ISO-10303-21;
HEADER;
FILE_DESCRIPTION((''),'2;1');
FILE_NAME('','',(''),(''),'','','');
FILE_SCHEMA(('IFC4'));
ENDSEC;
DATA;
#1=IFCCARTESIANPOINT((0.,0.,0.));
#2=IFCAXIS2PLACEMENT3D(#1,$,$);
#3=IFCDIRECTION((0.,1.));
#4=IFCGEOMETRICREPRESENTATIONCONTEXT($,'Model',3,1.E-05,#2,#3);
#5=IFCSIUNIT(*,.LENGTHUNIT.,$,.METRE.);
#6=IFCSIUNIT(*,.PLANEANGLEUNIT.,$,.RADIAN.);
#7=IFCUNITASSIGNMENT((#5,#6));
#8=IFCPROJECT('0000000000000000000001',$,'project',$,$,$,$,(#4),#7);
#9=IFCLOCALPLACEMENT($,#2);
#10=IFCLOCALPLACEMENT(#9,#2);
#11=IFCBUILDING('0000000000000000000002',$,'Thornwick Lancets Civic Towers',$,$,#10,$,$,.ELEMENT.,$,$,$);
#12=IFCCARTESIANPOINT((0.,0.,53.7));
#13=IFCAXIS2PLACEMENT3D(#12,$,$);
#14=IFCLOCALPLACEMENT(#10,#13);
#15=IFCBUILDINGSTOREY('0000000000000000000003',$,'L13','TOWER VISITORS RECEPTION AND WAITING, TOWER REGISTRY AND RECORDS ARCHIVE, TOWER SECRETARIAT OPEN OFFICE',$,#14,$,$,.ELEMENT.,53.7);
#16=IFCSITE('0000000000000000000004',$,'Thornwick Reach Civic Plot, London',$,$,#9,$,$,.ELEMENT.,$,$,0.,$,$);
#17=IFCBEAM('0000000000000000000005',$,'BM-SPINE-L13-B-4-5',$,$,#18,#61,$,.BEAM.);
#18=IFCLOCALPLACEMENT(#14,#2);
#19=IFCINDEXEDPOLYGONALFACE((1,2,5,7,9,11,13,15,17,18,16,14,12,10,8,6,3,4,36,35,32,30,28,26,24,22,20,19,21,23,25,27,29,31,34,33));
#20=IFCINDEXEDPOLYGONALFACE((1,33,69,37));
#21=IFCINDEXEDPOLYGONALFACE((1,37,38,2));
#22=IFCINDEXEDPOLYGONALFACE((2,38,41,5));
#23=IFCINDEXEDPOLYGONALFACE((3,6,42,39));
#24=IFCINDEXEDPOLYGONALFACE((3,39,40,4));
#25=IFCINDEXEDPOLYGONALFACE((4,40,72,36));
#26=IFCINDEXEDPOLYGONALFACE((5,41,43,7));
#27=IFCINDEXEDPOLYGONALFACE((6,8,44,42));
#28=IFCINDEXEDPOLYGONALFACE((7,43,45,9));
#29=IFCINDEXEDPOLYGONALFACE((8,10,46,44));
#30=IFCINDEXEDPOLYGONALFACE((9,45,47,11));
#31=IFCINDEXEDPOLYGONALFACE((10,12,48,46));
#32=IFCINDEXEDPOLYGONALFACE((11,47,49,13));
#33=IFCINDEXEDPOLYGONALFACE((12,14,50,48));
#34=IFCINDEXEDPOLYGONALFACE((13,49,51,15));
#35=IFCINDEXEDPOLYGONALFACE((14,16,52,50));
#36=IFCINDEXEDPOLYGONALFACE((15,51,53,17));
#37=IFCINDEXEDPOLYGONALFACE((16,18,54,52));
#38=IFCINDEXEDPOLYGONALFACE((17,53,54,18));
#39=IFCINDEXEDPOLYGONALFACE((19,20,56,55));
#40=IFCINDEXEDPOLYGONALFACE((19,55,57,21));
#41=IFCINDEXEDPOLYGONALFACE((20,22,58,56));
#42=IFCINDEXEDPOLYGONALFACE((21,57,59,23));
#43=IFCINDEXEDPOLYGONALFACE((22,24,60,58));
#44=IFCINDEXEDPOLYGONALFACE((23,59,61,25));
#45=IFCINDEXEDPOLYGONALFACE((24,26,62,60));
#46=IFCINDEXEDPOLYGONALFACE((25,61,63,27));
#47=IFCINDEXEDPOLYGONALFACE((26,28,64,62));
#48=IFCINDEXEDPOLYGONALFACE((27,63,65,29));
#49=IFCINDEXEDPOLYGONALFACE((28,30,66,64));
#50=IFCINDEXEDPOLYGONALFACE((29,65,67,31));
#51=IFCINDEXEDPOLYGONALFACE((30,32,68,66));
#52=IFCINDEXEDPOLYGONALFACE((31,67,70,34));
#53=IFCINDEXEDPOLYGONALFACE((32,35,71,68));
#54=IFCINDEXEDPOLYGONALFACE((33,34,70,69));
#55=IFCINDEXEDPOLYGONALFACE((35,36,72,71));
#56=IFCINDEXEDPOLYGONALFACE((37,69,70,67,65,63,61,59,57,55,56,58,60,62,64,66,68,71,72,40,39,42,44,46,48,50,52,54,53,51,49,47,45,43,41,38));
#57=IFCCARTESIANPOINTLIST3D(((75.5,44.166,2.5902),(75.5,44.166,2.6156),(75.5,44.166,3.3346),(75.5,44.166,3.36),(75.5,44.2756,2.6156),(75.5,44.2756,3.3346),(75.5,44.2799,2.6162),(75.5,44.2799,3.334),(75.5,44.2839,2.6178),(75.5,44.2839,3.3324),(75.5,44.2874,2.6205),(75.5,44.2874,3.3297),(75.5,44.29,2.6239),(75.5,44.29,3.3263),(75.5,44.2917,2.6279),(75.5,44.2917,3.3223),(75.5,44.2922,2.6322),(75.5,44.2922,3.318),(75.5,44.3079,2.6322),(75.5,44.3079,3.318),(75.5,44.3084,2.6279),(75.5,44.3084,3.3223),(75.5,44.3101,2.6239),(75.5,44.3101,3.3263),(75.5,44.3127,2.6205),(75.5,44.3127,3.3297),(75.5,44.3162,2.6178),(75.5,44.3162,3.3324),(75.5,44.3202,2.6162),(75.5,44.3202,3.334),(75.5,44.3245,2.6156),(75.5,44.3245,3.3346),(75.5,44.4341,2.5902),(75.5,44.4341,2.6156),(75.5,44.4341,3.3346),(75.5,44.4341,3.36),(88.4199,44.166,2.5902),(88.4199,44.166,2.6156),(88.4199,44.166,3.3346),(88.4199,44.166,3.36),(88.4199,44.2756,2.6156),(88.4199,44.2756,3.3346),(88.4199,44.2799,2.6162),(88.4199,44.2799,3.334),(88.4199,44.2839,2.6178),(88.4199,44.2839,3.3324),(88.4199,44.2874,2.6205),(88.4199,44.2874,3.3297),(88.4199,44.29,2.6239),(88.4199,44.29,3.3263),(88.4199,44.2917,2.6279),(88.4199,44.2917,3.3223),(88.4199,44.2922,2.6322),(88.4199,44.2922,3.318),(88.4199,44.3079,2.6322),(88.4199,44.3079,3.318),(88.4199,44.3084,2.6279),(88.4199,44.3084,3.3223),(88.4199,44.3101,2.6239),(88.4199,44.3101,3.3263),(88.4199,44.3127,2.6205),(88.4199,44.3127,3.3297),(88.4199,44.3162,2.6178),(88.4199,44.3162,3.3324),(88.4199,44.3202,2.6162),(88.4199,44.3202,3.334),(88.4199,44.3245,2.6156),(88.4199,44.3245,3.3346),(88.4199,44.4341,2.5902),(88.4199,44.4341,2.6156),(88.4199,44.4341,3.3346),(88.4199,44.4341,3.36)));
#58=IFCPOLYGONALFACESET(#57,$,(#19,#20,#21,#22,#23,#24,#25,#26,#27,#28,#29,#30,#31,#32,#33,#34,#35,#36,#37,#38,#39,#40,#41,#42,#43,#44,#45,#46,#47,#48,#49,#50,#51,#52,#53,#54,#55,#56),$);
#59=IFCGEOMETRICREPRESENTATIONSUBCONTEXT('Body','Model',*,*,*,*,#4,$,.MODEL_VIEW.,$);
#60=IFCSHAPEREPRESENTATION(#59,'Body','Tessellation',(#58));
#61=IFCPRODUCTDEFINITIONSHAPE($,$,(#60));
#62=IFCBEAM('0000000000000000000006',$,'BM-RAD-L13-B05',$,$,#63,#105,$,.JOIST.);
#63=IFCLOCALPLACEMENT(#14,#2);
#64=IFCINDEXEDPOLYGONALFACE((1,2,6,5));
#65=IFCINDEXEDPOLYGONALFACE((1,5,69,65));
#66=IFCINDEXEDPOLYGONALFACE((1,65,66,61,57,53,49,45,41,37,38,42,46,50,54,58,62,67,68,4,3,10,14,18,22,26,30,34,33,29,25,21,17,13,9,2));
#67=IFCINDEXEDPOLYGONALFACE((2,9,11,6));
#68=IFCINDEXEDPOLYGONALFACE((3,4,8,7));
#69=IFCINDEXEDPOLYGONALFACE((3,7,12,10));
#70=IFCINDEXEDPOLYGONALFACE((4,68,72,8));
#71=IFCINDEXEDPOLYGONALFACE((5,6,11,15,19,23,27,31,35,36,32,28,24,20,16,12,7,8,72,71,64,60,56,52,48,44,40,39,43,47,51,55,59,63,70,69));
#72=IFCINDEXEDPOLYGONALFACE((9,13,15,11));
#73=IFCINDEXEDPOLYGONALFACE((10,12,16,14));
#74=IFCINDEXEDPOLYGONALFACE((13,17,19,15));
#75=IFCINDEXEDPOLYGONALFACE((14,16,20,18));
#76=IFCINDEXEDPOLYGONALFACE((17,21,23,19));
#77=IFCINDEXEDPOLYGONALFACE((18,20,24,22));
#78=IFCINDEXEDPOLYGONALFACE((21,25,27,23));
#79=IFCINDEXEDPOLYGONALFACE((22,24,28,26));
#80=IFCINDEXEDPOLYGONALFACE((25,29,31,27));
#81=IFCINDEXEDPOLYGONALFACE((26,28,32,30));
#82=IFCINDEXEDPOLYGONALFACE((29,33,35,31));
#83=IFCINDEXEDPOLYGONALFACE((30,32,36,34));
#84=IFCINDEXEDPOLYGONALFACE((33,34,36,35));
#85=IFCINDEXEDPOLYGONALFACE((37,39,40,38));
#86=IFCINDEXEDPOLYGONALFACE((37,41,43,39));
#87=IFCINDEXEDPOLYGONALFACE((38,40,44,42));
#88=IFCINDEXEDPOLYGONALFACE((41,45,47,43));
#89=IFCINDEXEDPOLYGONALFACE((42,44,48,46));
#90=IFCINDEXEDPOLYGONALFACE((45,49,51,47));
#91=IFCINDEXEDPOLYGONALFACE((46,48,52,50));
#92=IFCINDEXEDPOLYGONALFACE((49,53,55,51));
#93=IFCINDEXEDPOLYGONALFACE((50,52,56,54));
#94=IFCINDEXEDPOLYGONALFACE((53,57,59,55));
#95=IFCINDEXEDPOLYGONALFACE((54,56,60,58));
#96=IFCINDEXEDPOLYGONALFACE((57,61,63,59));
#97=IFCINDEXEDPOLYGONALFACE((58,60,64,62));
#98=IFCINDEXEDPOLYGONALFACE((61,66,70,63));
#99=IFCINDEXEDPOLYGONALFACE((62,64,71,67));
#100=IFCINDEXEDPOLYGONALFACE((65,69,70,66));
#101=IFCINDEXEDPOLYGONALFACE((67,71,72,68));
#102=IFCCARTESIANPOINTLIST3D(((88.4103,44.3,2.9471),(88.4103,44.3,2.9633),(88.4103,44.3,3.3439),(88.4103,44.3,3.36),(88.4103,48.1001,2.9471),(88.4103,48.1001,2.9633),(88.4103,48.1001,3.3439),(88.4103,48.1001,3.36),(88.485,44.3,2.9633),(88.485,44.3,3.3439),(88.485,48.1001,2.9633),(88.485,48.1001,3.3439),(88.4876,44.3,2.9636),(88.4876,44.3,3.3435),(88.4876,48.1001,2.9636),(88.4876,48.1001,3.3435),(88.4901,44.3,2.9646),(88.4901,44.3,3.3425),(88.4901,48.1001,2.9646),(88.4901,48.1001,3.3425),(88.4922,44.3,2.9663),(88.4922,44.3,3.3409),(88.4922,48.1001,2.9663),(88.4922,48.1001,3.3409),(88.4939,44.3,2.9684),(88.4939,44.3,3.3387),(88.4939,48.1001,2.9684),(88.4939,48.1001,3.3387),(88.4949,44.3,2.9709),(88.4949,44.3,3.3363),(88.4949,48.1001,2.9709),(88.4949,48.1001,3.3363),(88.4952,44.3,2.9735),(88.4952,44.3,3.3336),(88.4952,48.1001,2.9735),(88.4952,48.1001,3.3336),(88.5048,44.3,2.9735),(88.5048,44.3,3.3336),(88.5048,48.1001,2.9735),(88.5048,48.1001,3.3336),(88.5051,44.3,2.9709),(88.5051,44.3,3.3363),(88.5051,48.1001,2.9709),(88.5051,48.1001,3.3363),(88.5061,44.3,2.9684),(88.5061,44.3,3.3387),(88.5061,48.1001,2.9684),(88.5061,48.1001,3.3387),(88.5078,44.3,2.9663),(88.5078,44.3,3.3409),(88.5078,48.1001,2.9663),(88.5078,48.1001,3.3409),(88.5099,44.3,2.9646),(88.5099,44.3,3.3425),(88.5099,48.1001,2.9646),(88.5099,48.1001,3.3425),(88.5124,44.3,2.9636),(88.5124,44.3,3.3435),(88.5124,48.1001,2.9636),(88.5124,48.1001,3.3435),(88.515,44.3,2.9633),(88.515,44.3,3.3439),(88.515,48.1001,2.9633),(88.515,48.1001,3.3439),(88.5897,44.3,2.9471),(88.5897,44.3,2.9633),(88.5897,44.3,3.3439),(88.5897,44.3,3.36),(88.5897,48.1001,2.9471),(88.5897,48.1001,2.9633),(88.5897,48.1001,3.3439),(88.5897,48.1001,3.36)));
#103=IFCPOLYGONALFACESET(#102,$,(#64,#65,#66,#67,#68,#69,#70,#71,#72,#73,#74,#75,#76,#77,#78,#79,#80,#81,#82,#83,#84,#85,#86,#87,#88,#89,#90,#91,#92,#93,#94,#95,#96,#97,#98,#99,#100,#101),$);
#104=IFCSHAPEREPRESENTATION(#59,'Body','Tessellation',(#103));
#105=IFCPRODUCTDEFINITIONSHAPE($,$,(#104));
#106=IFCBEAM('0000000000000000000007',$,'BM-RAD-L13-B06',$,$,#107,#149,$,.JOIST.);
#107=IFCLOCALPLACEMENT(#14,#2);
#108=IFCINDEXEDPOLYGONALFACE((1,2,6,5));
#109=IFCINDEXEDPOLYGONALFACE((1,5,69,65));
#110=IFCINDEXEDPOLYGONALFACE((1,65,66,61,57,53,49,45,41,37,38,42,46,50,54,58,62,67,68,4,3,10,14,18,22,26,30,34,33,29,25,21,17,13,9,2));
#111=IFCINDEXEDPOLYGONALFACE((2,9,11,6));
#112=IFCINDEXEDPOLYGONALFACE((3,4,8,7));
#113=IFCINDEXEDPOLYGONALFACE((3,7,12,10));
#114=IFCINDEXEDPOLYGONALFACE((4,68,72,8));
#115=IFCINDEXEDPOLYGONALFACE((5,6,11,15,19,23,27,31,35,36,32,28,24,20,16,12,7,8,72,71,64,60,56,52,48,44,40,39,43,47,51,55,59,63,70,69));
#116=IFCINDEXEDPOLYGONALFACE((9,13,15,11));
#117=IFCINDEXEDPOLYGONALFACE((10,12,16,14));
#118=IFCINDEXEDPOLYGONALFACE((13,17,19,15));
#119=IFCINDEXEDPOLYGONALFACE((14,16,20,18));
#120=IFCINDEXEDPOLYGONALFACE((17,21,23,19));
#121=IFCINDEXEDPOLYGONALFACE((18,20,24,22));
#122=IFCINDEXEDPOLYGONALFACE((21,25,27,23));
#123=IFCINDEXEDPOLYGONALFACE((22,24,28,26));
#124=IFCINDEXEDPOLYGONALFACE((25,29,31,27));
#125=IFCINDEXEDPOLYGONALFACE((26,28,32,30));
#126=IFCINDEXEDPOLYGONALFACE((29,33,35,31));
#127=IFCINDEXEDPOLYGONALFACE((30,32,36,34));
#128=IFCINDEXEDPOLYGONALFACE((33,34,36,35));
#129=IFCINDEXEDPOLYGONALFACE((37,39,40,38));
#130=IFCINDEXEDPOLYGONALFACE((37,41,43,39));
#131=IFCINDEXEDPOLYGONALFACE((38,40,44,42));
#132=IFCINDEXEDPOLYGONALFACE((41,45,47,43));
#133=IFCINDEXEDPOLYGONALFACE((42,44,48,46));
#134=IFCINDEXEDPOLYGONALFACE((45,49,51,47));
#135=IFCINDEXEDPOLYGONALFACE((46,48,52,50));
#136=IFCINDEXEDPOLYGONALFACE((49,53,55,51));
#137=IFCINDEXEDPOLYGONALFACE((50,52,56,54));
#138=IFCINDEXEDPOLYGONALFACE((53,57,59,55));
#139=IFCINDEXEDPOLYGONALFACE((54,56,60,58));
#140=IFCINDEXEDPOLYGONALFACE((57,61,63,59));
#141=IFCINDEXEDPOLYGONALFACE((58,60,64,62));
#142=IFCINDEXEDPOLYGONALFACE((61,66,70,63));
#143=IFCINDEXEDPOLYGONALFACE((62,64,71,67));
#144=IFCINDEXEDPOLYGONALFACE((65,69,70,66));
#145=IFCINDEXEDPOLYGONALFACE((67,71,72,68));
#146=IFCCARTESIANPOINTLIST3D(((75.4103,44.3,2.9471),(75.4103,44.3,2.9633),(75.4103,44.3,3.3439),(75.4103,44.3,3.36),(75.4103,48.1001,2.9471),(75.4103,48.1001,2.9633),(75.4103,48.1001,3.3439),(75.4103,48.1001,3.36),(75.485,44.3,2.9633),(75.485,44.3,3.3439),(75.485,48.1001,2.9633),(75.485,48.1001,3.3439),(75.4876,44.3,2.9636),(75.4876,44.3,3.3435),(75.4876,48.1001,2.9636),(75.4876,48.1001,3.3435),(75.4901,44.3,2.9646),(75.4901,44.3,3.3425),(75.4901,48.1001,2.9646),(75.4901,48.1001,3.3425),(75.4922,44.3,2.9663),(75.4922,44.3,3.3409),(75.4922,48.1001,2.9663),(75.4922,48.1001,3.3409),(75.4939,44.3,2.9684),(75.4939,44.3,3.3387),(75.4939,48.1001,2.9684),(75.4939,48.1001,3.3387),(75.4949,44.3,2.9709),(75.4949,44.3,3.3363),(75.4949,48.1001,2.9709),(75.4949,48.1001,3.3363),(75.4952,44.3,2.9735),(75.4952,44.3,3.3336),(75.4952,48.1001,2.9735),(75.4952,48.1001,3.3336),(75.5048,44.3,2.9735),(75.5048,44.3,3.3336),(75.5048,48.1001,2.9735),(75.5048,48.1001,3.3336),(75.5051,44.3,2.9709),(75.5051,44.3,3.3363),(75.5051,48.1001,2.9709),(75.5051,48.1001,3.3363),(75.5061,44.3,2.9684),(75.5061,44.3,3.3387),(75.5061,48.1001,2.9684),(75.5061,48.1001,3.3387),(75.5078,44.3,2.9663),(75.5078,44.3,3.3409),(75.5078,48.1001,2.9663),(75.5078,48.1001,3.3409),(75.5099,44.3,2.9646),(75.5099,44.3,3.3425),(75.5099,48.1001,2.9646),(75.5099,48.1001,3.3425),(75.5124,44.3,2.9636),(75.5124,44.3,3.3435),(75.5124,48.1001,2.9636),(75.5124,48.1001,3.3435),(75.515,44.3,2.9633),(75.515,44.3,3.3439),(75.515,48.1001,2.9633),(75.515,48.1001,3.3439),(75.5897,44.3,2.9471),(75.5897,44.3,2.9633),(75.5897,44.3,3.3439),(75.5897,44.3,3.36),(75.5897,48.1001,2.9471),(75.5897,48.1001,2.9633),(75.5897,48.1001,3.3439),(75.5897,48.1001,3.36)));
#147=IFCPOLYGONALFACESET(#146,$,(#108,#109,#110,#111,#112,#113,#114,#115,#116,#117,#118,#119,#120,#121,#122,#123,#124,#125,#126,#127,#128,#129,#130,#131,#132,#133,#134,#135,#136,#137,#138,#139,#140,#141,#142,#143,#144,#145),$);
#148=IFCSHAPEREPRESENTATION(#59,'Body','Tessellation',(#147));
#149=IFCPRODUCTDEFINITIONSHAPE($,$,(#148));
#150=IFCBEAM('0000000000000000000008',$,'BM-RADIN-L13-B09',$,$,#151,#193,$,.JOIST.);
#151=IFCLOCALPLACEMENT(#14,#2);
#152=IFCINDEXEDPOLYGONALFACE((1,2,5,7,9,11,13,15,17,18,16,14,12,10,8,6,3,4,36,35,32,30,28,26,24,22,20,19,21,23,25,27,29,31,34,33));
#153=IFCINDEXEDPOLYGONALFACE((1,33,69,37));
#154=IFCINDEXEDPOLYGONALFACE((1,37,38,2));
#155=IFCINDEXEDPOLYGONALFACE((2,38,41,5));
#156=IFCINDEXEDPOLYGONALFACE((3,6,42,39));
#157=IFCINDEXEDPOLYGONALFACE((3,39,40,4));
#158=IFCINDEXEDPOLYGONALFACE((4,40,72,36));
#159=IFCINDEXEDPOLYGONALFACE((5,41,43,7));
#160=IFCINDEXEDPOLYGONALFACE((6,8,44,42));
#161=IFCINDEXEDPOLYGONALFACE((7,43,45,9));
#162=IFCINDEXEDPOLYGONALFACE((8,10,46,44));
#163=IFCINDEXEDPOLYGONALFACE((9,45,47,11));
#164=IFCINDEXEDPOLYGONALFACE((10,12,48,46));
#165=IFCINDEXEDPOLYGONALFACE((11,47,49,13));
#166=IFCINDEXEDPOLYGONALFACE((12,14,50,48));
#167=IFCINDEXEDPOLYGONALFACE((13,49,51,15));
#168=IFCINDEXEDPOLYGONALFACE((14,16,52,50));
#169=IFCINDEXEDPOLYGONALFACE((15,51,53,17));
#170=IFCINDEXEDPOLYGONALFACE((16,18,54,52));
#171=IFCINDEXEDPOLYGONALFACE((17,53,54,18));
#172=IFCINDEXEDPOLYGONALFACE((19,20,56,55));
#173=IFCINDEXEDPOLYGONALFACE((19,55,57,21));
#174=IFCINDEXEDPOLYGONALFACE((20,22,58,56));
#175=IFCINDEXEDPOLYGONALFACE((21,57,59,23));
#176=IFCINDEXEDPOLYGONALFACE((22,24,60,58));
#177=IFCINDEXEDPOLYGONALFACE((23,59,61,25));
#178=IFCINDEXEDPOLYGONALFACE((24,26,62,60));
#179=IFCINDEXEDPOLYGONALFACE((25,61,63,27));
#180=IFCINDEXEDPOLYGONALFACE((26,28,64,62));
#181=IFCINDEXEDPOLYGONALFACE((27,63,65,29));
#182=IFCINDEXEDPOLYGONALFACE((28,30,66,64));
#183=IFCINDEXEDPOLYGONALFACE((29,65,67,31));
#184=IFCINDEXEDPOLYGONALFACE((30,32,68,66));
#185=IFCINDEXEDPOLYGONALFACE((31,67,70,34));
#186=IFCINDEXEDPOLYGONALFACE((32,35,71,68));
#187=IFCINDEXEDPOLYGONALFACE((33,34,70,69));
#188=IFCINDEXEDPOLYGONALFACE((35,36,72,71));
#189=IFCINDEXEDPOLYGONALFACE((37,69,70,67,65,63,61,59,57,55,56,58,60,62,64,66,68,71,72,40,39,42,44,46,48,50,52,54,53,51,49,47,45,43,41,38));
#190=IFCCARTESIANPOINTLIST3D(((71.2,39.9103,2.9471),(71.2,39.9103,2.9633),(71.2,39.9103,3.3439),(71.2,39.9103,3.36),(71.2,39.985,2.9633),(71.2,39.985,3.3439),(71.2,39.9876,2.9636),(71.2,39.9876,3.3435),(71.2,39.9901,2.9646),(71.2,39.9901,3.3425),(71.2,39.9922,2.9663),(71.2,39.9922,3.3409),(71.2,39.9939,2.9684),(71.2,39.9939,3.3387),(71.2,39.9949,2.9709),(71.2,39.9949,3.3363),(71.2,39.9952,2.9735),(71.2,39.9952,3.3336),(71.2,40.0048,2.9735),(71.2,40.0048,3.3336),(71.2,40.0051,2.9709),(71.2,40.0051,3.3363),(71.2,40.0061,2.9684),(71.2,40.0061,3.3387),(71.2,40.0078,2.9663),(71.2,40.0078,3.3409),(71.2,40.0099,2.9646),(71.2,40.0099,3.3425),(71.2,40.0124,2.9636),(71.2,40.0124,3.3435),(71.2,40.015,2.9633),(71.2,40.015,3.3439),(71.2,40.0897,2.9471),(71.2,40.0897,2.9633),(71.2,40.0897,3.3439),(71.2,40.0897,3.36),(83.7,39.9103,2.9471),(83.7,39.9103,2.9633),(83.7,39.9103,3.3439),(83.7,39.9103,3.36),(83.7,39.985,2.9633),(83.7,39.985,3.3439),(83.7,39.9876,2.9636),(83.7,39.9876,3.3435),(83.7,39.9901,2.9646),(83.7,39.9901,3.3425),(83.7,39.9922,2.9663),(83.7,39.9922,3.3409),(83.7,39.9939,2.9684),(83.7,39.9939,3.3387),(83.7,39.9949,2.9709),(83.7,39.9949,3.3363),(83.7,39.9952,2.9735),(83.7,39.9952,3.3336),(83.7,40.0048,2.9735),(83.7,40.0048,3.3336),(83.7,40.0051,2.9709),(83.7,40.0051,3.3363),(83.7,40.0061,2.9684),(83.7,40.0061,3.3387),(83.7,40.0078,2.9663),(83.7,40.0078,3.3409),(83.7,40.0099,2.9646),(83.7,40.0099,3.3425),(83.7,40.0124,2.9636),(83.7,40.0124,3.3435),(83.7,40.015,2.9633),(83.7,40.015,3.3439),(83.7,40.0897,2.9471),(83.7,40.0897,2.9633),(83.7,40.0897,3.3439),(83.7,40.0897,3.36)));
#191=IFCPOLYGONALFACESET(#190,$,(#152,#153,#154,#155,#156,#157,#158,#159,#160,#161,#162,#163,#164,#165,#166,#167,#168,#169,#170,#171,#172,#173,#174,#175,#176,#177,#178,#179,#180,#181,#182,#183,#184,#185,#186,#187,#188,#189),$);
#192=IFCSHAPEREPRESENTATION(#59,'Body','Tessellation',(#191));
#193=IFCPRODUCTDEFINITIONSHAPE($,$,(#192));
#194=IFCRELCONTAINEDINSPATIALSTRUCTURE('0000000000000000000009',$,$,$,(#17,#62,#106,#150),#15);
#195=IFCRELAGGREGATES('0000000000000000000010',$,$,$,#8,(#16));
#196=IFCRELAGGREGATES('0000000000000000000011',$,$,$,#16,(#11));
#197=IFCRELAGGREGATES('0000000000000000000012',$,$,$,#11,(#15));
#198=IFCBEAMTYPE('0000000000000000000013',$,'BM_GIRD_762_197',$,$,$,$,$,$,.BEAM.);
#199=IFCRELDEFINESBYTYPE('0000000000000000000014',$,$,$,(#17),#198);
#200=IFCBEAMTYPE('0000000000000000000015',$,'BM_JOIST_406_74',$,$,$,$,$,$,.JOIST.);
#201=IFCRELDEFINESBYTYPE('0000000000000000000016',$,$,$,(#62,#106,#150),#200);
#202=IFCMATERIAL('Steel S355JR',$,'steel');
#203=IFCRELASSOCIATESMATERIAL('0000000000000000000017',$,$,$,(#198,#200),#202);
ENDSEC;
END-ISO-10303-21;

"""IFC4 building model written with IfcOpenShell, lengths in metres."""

from ifc_helpers import new_model, si_unit, direction, frame, origin, origin_2d, place, context, subcontext, project, spatial, i_section, extrude, material, material_profile, profile_set, type_object, element, save


model = new_model("IFC4")

# Units and contexts
model_context = context("Model", 3, precision=1e-05, world=origin(), true_north=direction((0.0, 1.0)))
body_context = subcontext(model_context, "Body", "Model", "MODEL_VIEW")
ifc_project = project(units=[si_unit("LENGTHUNIT", "METRE"), si_unit("PLANEANGLEUNIT", "RADIAN")], contexts=[model_context])

# Site, building, storey
site_placement = place(None, origin())
site = spatial("IfcSite", under=ifc_project, at=site_placement, Name="Thornwick Reach Civic Plot, London", CompositionType="ELEMENT", RefElevation=0.0)
building_placement = place(site_placement, origin())
building = spatial("IfcBuilding", under=site, at=building_placement, Name="Thornwick Lancets Civic Towers", CompositionType="ELEMENT")
storey_placement = place(building_placement, frame((0.0, 0.0, 53.7)))
storey = spatial("IfcBuildingStorey", under=building, at=storey_placement, Name="L13", Description="TOWER VISITORS RECEPTION AND WAITING, TOWER REGISTRY AND RECORDS ARCHIVE, TOWER SECRETARIAT OPEN OFFICE", CompositionType="ELEMENT", Elevation=53.7)

# Beams
ifc_material_1 = material(Name="Steel S355JR", Category="steel")
ifc_material_profile_1 = material_profile(ifc_material_1, i_section(OverallWidth=0.2681, OverallDepth=0.7698, WebThickness=0.0156, FlangeThickness=0.0254, FilletRadius=0.0166, at=origin_2d()), Name="UKB 762x267x197")
ifc_profile_set_1 = profile_set([ifc_material_profile_1], Name="Steel S355JR")
beam_type_1 = type_object("IfcBeamType", Name="BM_GIRD_762_197", PredefinedType="BEAM", material=ifc_profile_set_1)
beam_1_placement = place(storey_placement, frame((88.4199, 44.3, 2.9751), z_axis=(-1.0, 0.0, 0.0), x_axis=(0.0, -1.0, 0.0)))
element("IfcBeam", 1, at=beam_1_placement, inside=storey, type_object=beam_type_1, Name="BM-SPINE-L13-B-4-5", PredefinedType="BEAM", context=body_context, shape_type="SweptSolid", body=[
    extrude(i_section(OverallWidth=0.2681, OverallDepth=0.7698, WebThickness=0.0156, FlangeThickness=0.0254, FilletRadius=0.0166, at=origin_2d()), origin(), (0.0, 0.0, 1.0), 12.9199),
])
ifc_material_profile_2 = material_profile(ifc_material_1, i_section(OverallWidth=0.1794, OverallDepth=0.4128, WebThickness=0.0095, FlangeThickness=0.0161, FilletRadius=0.0103, at=origin_2d()), Name="UKB 406x178x74")
ifc_profile_set_2 = profile_set([ifc_material_profile_2], Name="Steel S355JR")
beam_type_2 = type_object("IfcBeamType", Name="BM_JOIST_406_74", PredefinedType="JOIST", material=ifc_profile_set_2)
for number, where, z_axis, x_axis, name in (
    (2, (88.5, 44.3, 3.1536), (0.0, 1.0, 0.0), (-1.0, 0.0, 0.0), "BM-RAD-L13-B05"),
    (3, (75.5, 44.3, 3.1536), (0.0, 1.0, 0.0), (-1.0, 0.0, 0.0), "BM-RAD-L13-B06"),
):
    element("IfcBeam", number, at=place(storey_placement, frame(where, z_axis=z_axis, x_axis=x_axis)), inside=storey, type_object=beam_type_2, Name=name, PredefinedType="JOIST", context=body_context, shape_type="SweptSolid", body=[
        extrude(i_section(OverallWidth=0.1794, OverallDepth=0.4128, WebThickness=0.0095, FlangeThickness=0.0161, FilletRadius=0.0103, at=origin_2d()), origin(), (0.0, 0.0, 1.0), 3.8),
    ])
beam_2_placement = place(storey_placement, frame((83.7, 40.0, 3.1536), z_axis=(-1.0, 0.0, 0.0), x_axis=(0.0, -1.0, 0.0)))
element("IfcBeam", 4, at=beam_2_placement, inside=storey, type_object=beam_type_2, Name="BM-RADIN-L13-B09", PredefinedType="JOIST", context=body_context, shape_type="SweptSolid", body=[
    extrude(i_section(OverallWidth=0.1794, OverallDepth=0.4128, WebThickness=0.0095, FlangeThickness=0.0161, FilletRadius=0.0103, at=origin_2d()), origin(), (0.0, 0.0, 1.0), 12.5),
])

save(model, "model.ifc")
